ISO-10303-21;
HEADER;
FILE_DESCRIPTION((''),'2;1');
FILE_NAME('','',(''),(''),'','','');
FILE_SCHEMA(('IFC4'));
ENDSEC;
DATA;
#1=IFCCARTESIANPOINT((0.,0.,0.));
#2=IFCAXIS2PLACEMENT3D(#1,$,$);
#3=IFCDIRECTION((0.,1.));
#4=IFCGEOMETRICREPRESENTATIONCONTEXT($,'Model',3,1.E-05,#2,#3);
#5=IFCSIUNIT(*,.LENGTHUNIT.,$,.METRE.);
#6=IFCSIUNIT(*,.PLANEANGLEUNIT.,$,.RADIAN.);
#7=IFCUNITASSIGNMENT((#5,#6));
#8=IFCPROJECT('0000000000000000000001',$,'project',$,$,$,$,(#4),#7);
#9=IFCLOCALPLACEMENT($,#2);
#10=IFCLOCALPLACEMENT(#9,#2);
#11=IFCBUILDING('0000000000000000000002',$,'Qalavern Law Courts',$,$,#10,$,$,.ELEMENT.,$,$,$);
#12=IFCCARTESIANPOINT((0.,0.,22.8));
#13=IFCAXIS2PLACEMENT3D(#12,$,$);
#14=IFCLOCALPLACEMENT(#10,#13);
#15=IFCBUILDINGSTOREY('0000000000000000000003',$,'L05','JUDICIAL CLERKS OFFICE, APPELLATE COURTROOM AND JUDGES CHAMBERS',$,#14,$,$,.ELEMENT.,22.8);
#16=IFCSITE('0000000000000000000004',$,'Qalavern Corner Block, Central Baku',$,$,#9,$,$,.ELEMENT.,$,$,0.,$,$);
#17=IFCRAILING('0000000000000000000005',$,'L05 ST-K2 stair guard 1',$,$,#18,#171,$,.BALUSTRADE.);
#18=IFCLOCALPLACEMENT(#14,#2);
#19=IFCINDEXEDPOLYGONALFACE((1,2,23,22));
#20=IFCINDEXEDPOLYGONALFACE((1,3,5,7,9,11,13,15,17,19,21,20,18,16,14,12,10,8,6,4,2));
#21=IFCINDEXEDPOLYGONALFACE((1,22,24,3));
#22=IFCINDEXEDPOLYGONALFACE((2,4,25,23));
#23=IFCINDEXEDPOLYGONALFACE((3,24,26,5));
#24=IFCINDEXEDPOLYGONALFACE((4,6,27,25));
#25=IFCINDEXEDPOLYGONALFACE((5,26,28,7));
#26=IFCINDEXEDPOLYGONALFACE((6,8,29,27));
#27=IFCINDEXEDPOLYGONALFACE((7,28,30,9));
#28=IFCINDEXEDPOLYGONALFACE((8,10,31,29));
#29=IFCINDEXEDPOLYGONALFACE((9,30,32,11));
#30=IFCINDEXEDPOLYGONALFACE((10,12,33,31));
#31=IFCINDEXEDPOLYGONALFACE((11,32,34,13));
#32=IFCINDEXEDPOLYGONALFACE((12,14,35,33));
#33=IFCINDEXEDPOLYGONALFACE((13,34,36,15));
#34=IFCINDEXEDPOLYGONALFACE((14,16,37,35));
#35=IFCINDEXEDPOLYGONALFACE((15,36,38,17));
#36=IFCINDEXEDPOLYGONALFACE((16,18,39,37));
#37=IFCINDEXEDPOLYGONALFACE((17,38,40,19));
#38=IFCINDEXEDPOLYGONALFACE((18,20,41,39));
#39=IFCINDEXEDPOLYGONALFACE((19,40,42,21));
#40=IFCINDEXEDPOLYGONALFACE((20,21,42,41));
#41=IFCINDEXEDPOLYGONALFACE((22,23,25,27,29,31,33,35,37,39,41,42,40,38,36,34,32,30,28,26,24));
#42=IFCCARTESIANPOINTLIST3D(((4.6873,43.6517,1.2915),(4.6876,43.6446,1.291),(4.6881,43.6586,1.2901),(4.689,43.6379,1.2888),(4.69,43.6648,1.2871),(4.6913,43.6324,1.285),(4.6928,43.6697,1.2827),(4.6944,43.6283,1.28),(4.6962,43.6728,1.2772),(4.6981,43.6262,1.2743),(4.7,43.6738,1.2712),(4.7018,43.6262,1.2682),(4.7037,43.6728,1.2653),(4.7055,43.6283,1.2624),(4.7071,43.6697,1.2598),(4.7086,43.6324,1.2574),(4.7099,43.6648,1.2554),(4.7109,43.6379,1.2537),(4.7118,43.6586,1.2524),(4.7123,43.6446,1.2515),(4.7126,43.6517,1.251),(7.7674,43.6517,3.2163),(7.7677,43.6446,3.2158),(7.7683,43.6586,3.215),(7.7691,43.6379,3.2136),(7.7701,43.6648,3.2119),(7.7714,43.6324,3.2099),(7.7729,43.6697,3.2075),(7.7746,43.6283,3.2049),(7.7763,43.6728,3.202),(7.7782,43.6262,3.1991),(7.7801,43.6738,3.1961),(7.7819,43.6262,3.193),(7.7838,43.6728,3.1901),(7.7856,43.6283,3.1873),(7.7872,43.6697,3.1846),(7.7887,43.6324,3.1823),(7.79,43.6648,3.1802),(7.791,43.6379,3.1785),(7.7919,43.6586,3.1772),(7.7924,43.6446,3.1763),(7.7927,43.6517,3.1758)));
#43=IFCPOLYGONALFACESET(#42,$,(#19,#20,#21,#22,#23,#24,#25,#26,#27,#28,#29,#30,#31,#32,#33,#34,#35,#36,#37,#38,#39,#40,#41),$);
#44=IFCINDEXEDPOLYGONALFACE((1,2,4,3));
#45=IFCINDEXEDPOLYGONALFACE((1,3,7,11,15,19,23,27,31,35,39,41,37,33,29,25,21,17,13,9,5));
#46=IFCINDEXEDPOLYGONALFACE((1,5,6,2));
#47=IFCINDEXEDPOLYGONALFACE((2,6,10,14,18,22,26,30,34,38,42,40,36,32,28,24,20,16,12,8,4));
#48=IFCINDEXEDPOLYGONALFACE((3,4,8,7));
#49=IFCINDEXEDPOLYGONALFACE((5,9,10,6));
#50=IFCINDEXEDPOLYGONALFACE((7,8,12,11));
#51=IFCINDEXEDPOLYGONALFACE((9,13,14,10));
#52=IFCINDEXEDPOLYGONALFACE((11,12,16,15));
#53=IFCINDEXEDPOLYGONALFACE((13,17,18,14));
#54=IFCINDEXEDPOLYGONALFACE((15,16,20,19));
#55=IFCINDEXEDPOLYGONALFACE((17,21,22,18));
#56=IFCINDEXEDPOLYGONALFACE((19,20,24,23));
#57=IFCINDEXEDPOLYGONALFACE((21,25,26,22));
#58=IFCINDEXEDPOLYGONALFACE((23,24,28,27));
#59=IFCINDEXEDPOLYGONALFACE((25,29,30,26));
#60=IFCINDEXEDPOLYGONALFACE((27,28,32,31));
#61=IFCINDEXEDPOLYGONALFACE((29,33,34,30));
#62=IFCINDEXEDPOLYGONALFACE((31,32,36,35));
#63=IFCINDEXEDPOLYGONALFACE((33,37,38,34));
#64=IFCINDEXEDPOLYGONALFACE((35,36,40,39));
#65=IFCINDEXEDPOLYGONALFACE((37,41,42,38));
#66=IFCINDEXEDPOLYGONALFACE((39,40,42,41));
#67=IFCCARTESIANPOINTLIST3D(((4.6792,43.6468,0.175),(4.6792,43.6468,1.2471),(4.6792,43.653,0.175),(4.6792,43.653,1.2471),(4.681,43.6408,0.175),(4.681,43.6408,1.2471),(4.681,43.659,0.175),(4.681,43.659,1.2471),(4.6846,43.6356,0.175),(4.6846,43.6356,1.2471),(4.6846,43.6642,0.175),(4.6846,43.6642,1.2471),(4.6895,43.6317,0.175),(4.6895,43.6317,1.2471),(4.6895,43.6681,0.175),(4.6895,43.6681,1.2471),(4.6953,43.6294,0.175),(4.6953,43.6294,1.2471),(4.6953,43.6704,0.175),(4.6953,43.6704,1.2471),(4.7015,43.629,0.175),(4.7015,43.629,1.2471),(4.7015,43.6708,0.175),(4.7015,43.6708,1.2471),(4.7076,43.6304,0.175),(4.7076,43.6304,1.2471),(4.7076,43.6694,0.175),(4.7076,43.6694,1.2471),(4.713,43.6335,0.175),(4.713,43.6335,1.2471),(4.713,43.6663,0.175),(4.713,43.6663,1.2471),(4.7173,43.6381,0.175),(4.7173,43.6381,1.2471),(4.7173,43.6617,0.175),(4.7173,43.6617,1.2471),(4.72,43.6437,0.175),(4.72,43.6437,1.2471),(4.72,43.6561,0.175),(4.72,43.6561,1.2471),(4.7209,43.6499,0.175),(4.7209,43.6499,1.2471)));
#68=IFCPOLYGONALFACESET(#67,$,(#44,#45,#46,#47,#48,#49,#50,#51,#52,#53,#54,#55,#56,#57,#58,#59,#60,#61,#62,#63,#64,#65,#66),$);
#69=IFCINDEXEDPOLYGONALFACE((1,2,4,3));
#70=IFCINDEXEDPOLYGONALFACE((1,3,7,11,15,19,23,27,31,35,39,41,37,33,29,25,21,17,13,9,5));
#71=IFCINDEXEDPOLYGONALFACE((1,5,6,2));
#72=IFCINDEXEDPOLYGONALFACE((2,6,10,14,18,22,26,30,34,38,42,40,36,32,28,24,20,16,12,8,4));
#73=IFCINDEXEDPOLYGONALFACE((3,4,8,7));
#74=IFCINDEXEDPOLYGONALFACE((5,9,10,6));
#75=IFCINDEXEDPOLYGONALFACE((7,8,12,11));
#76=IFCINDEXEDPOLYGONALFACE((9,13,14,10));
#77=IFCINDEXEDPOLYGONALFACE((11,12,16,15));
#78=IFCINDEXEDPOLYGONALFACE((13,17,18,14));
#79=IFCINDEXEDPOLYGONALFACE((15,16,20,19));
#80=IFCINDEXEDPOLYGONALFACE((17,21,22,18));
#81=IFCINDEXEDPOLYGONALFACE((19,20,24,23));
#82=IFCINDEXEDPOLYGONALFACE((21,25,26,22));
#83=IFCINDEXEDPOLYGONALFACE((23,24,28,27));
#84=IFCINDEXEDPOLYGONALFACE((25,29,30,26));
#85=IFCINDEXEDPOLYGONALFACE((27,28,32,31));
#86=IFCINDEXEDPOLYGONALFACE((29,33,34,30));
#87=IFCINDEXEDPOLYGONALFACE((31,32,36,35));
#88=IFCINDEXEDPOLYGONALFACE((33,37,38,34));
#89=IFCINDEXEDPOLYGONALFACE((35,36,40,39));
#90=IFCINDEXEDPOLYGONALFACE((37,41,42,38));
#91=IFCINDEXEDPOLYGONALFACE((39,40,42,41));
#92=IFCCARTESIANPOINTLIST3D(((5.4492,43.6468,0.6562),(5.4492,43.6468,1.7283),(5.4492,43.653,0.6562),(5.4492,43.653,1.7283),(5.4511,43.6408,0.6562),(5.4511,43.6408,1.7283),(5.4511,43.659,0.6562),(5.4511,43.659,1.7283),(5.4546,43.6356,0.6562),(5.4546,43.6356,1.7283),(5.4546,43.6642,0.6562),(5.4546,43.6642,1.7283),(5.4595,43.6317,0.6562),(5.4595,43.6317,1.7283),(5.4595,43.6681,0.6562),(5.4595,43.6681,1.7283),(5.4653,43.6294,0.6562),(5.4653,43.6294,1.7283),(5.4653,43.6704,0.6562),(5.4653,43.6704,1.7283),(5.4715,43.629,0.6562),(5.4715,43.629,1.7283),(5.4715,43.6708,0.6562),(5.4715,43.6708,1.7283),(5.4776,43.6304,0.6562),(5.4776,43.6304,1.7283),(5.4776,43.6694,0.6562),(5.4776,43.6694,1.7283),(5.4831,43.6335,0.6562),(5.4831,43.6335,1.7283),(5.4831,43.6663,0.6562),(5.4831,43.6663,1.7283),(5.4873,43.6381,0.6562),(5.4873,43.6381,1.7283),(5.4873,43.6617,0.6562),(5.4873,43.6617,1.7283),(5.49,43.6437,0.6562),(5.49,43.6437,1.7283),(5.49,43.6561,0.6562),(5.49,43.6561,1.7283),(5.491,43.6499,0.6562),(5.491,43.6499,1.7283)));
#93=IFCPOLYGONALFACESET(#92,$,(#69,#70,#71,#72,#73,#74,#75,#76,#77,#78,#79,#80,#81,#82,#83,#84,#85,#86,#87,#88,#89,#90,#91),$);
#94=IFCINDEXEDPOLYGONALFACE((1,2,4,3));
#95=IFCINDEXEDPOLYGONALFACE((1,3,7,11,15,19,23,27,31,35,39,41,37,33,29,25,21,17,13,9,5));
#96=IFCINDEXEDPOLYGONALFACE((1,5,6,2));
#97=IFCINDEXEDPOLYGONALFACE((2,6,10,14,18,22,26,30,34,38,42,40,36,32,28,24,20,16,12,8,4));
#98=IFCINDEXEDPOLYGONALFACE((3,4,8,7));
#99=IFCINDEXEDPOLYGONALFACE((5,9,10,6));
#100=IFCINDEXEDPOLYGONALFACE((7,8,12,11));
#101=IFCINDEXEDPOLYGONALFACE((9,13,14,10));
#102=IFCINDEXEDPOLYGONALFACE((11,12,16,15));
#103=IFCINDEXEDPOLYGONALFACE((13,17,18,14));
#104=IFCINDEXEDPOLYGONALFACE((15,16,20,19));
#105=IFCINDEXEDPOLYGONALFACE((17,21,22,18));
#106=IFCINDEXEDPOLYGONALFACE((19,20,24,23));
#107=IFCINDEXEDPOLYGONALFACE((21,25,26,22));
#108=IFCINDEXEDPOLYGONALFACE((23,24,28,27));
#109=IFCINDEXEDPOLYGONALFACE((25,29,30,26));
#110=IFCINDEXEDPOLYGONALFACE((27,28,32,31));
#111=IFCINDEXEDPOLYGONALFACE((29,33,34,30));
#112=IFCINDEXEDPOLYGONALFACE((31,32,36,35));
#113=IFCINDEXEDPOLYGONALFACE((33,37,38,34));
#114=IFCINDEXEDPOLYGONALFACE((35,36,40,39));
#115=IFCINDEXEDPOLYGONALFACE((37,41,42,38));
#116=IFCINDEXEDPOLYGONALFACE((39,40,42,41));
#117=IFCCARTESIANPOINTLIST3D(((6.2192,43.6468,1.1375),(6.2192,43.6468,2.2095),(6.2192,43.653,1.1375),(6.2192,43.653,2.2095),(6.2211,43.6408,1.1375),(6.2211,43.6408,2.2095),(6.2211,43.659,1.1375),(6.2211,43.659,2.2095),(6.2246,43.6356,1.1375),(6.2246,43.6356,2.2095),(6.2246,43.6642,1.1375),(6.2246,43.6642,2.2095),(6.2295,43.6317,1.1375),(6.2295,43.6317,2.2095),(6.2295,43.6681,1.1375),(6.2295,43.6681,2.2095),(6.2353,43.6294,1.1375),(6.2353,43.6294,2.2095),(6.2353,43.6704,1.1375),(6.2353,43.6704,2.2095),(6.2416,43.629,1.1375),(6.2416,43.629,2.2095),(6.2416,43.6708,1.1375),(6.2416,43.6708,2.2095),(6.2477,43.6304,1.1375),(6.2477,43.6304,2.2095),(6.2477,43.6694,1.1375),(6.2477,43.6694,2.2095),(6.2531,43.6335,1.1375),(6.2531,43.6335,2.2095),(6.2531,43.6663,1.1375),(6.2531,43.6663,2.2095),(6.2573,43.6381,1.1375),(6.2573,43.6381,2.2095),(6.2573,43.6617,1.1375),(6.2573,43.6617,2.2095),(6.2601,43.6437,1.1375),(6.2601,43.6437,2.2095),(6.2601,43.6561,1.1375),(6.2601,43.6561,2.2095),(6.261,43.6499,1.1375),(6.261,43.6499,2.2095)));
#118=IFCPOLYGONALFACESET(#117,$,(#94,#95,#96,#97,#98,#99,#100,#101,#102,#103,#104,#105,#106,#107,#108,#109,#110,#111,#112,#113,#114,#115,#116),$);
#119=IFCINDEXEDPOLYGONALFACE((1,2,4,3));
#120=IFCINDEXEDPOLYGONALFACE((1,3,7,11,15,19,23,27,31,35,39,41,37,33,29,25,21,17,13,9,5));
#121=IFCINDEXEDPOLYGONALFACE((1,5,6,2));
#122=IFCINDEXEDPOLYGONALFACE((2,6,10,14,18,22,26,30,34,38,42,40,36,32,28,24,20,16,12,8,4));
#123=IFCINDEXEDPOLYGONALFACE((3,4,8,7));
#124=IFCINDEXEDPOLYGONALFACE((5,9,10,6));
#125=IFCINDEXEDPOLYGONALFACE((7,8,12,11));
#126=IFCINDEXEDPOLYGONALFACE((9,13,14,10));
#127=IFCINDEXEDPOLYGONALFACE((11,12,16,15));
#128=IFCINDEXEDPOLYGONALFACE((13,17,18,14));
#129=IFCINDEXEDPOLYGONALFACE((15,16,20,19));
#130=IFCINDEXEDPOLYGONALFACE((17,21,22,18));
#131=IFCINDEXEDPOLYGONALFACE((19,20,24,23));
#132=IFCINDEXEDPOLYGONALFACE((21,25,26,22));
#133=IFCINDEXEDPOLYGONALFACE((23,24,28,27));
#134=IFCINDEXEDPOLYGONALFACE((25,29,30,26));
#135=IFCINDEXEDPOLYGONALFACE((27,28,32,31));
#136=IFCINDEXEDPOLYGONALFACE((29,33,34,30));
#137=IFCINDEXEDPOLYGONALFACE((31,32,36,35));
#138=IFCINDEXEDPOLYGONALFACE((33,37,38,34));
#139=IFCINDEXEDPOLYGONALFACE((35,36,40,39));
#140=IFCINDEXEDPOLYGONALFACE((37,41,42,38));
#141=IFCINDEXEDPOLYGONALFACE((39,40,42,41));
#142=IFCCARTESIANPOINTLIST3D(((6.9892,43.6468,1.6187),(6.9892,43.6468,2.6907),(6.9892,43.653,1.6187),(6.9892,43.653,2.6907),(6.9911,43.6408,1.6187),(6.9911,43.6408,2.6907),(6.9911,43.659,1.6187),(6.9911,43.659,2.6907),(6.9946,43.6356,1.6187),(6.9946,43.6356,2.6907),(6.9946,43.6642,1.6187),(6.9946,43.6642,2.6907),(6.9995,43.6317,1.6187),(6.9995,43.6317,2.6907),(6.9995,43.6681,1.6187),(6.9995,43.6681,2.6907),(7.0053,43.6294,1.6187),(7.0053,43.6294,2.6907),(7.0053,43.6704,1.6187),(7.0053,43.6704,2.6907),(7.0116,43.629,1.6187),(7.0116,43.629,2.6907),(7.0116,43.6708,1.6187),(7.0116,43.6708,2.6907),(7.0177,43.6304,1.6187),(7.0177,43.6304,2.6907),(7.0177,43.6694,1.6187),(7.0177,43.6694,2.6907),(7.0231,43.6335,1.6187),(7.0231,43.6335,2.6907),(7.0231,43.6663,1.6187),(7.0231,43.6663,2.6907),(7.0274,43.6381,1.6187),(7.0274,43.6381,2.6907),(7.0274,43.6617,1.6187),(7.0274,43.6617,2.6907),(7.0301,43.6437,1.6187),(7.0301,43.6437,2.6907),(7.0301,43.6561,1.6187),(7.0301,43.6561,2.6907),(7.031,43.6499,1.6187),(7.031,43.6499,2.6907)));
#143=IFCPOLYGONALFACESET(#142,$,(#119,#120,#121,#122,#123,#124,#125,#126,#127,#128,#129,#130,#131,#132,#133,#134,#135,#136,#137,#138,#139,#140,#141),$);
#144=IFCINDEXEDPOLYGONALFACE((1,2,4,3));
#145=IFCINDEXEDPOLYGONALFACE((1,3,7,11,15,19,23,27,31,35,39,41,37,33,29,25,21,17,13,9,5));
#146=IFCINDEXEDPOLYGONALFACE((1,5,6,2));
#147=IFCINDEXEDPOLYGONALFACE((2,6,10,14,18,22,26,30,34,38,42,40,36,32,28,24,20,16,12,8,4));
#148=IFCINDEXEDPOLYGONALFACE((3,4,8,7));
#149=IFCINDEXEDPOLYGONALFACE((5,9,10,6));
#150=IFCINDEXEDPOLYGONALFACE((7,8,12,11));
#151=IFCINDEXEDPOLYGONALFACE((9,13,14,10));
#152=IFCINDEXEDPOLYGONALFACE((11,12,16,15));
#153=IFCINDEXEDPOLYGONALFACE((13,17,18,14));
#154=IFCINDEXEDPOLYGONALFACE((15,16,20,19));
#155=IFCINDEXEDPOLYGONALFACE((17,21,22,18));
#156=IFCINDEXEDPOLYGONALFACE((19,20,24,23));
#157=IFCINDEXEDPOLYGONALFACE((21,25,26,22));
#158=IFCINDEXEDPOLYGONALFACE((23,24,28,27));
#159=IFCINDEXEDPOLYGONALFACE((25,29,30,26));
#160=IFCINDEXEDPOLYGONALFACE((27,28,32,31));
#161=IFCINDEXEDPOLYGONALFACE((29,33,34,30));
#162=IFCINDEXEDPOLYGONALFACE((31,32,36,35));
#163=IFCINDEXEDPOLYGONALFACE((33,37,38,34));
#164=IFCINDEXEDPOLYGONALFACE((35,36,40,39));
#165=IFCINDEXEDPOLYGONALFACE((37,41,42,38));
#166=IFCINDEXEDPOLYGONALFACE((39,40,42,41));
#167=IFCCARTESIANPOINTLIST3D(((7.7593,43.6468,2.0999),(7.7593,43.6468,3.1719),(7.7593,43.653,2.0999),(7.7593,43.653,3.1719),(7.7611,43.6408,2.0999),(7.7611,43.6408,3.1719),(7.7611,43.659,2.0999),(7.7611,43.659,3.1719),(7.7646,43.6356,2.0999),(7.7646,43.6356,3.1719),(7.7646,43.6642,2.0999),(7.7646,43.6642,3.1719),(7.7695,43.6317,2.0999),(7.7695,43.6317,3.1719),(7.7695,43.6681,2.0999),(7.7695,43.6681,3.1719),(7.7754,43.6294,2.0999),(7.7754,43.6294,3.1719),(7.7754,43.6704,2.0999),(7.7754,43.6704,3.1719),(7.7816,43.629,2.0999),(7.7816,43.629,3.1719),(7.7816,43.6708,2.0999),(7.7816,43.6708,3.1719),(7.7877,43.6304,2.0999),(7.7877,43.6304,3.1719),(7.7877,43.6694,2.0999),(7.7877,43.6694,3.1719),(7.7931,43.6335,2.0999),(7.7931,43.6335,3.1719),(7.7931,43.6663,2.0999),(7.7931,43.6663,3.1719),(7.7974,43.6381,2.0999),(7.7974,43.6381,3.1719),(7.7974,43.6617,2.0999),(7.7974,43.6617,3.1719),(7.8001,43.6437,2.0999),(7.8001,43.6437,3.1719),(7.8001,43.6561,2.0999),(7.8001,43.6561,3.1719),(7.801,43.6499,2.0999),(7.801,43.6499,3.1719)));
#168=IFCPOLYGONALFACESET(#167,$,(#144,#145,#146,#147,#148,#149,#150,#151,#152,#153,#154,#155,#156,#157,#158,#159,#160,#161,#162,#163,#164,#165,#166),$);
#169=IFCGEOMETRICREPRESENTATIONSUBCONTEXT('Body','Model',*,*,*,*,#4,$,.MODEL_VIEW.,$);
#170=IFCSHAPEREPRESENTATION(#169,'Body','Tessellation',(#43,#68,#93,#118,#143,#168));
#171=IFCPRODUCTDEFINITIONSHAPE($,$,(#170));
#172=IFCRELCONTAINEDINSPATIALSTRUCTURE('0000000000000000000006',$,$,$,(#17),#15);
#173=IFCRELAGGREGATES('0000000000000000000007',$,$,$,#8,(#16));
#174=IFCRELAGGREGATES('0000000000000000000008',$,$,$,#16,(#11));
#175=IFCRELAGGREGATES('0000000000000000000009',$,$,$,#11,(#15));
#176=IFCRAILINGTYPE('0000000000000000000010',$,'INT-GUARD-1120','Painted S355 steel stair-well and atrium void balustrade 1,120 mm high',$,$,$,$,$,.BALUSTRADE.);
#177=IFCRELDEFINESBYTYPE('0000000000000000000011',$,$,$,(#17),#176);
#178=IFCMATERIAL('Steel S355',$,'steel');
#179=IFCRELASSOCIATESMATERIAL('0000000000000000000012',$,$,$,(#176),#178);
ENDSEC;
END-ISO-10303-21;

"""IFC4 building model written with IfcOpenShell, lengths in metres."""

from ifc_helpers import new_model, si_unit, direction, frame, origin, origin_2d, place, context, subcontext, project, spatial, circle, extrude, material, type_object, element, save


model = new_model("IFC4")

# Units and contexts
model_context = context("Model", 3, precision=1e-05, world=origin(), true_north=direction((0.0, 1.0)))
body_context = subcontext(model_context, "Body", "Model", "MODEL_VIEW")
ifc_project = project(units=[si_unit("LENGTHUNIT", "METRE"), si_unit("PLANEANGLEUNIT", "RADIAN")], contexts=[model_context])

# Site, building, storey
site_placement = place(None, origin())
site = spatial("IfcSite", under=ifc_project, at=site_placement, Name="Qalavern Corner Block, Central Baku", CompositionType="ELEMENT", RefElevation=0.0)
building_placement = place(site_placement, origin())
building = spatial("IfcBuilding", under=site, at=building_placement, Name="Qalavern Law Courts", CompositionType="ELEMENT")
storey_placement = place(building_placement, frame((0.0, 0.0, 22.8)))
storey = spatial("IfcBuildingStorey", under=building, at=storey_placement, Name="L05", Description="JUDICIAL CLERKS OFFICE, APPELLATE COURTROOM AND JUDGES CHAMBERS", CompositionType="ELEMENT", Elevation=22.8)

# Shared definitions
ifc_material_1 = material(Name="Steel S355", Category="steel")

# Railing
railing_type_1 = type_object("IfcRailingType", Name="INT-GUARD-1120", Description="Painted S355 steel stair-well and atrium void balustrade 1,120 mm high", PredefinedType="BALUSTRADE", material=ifc_material_1)
railing_1_placement = place(storey_placement, frame((4.7, 43.6499, 0.175)))
element("IfcRailing", 1, at=railing_1_placement, inside=storey, type_object=railing_type_1, Name="L05 ST-K2 stair guard 1", PredefinedType="BALUSTRADE", context=body_context, shape_type="SweptSolid", body=[
    extrude(circle(Radius=0.0239, at=origin_2d()), frame((0.0, 0.0, 1.0962), z_axis=(0.848029, 0.0, 0.529951), x_axis=(0.0, 1.0, 0.0)), (0.0, 0.0, 1.0), 3.6321),
    extrude(circle(Radius=0.021, at=origin_2d()), origin(), (0.0, 0.0, 1.0), 1.072),
    extrude(circle(Radius=0.021, at=origin_2d()), frame((0.77, 0.0, 0.4812)), (0.0, 0.0, 1.0), 1.072),
    extrude(circle(Radius=0.021, at=origin_2d()), frame((1.54, 0.0, 0.9624)), (0.0, 0.0, 1.0), 1.072),
    extrude(circle(Radius=0.021, at=origin_2d()), frame((2.3101, 0.0, 1.4436)), (0.0, 0.0, 1.0), 1.072),
    extrude(circle(Radius=0.021, at=origin_2d()), frame((3.0801, 0.0, 1.9248)), (0.0, 0.0, 1.0), 1.072),
])

save(model, "model.ifc")
